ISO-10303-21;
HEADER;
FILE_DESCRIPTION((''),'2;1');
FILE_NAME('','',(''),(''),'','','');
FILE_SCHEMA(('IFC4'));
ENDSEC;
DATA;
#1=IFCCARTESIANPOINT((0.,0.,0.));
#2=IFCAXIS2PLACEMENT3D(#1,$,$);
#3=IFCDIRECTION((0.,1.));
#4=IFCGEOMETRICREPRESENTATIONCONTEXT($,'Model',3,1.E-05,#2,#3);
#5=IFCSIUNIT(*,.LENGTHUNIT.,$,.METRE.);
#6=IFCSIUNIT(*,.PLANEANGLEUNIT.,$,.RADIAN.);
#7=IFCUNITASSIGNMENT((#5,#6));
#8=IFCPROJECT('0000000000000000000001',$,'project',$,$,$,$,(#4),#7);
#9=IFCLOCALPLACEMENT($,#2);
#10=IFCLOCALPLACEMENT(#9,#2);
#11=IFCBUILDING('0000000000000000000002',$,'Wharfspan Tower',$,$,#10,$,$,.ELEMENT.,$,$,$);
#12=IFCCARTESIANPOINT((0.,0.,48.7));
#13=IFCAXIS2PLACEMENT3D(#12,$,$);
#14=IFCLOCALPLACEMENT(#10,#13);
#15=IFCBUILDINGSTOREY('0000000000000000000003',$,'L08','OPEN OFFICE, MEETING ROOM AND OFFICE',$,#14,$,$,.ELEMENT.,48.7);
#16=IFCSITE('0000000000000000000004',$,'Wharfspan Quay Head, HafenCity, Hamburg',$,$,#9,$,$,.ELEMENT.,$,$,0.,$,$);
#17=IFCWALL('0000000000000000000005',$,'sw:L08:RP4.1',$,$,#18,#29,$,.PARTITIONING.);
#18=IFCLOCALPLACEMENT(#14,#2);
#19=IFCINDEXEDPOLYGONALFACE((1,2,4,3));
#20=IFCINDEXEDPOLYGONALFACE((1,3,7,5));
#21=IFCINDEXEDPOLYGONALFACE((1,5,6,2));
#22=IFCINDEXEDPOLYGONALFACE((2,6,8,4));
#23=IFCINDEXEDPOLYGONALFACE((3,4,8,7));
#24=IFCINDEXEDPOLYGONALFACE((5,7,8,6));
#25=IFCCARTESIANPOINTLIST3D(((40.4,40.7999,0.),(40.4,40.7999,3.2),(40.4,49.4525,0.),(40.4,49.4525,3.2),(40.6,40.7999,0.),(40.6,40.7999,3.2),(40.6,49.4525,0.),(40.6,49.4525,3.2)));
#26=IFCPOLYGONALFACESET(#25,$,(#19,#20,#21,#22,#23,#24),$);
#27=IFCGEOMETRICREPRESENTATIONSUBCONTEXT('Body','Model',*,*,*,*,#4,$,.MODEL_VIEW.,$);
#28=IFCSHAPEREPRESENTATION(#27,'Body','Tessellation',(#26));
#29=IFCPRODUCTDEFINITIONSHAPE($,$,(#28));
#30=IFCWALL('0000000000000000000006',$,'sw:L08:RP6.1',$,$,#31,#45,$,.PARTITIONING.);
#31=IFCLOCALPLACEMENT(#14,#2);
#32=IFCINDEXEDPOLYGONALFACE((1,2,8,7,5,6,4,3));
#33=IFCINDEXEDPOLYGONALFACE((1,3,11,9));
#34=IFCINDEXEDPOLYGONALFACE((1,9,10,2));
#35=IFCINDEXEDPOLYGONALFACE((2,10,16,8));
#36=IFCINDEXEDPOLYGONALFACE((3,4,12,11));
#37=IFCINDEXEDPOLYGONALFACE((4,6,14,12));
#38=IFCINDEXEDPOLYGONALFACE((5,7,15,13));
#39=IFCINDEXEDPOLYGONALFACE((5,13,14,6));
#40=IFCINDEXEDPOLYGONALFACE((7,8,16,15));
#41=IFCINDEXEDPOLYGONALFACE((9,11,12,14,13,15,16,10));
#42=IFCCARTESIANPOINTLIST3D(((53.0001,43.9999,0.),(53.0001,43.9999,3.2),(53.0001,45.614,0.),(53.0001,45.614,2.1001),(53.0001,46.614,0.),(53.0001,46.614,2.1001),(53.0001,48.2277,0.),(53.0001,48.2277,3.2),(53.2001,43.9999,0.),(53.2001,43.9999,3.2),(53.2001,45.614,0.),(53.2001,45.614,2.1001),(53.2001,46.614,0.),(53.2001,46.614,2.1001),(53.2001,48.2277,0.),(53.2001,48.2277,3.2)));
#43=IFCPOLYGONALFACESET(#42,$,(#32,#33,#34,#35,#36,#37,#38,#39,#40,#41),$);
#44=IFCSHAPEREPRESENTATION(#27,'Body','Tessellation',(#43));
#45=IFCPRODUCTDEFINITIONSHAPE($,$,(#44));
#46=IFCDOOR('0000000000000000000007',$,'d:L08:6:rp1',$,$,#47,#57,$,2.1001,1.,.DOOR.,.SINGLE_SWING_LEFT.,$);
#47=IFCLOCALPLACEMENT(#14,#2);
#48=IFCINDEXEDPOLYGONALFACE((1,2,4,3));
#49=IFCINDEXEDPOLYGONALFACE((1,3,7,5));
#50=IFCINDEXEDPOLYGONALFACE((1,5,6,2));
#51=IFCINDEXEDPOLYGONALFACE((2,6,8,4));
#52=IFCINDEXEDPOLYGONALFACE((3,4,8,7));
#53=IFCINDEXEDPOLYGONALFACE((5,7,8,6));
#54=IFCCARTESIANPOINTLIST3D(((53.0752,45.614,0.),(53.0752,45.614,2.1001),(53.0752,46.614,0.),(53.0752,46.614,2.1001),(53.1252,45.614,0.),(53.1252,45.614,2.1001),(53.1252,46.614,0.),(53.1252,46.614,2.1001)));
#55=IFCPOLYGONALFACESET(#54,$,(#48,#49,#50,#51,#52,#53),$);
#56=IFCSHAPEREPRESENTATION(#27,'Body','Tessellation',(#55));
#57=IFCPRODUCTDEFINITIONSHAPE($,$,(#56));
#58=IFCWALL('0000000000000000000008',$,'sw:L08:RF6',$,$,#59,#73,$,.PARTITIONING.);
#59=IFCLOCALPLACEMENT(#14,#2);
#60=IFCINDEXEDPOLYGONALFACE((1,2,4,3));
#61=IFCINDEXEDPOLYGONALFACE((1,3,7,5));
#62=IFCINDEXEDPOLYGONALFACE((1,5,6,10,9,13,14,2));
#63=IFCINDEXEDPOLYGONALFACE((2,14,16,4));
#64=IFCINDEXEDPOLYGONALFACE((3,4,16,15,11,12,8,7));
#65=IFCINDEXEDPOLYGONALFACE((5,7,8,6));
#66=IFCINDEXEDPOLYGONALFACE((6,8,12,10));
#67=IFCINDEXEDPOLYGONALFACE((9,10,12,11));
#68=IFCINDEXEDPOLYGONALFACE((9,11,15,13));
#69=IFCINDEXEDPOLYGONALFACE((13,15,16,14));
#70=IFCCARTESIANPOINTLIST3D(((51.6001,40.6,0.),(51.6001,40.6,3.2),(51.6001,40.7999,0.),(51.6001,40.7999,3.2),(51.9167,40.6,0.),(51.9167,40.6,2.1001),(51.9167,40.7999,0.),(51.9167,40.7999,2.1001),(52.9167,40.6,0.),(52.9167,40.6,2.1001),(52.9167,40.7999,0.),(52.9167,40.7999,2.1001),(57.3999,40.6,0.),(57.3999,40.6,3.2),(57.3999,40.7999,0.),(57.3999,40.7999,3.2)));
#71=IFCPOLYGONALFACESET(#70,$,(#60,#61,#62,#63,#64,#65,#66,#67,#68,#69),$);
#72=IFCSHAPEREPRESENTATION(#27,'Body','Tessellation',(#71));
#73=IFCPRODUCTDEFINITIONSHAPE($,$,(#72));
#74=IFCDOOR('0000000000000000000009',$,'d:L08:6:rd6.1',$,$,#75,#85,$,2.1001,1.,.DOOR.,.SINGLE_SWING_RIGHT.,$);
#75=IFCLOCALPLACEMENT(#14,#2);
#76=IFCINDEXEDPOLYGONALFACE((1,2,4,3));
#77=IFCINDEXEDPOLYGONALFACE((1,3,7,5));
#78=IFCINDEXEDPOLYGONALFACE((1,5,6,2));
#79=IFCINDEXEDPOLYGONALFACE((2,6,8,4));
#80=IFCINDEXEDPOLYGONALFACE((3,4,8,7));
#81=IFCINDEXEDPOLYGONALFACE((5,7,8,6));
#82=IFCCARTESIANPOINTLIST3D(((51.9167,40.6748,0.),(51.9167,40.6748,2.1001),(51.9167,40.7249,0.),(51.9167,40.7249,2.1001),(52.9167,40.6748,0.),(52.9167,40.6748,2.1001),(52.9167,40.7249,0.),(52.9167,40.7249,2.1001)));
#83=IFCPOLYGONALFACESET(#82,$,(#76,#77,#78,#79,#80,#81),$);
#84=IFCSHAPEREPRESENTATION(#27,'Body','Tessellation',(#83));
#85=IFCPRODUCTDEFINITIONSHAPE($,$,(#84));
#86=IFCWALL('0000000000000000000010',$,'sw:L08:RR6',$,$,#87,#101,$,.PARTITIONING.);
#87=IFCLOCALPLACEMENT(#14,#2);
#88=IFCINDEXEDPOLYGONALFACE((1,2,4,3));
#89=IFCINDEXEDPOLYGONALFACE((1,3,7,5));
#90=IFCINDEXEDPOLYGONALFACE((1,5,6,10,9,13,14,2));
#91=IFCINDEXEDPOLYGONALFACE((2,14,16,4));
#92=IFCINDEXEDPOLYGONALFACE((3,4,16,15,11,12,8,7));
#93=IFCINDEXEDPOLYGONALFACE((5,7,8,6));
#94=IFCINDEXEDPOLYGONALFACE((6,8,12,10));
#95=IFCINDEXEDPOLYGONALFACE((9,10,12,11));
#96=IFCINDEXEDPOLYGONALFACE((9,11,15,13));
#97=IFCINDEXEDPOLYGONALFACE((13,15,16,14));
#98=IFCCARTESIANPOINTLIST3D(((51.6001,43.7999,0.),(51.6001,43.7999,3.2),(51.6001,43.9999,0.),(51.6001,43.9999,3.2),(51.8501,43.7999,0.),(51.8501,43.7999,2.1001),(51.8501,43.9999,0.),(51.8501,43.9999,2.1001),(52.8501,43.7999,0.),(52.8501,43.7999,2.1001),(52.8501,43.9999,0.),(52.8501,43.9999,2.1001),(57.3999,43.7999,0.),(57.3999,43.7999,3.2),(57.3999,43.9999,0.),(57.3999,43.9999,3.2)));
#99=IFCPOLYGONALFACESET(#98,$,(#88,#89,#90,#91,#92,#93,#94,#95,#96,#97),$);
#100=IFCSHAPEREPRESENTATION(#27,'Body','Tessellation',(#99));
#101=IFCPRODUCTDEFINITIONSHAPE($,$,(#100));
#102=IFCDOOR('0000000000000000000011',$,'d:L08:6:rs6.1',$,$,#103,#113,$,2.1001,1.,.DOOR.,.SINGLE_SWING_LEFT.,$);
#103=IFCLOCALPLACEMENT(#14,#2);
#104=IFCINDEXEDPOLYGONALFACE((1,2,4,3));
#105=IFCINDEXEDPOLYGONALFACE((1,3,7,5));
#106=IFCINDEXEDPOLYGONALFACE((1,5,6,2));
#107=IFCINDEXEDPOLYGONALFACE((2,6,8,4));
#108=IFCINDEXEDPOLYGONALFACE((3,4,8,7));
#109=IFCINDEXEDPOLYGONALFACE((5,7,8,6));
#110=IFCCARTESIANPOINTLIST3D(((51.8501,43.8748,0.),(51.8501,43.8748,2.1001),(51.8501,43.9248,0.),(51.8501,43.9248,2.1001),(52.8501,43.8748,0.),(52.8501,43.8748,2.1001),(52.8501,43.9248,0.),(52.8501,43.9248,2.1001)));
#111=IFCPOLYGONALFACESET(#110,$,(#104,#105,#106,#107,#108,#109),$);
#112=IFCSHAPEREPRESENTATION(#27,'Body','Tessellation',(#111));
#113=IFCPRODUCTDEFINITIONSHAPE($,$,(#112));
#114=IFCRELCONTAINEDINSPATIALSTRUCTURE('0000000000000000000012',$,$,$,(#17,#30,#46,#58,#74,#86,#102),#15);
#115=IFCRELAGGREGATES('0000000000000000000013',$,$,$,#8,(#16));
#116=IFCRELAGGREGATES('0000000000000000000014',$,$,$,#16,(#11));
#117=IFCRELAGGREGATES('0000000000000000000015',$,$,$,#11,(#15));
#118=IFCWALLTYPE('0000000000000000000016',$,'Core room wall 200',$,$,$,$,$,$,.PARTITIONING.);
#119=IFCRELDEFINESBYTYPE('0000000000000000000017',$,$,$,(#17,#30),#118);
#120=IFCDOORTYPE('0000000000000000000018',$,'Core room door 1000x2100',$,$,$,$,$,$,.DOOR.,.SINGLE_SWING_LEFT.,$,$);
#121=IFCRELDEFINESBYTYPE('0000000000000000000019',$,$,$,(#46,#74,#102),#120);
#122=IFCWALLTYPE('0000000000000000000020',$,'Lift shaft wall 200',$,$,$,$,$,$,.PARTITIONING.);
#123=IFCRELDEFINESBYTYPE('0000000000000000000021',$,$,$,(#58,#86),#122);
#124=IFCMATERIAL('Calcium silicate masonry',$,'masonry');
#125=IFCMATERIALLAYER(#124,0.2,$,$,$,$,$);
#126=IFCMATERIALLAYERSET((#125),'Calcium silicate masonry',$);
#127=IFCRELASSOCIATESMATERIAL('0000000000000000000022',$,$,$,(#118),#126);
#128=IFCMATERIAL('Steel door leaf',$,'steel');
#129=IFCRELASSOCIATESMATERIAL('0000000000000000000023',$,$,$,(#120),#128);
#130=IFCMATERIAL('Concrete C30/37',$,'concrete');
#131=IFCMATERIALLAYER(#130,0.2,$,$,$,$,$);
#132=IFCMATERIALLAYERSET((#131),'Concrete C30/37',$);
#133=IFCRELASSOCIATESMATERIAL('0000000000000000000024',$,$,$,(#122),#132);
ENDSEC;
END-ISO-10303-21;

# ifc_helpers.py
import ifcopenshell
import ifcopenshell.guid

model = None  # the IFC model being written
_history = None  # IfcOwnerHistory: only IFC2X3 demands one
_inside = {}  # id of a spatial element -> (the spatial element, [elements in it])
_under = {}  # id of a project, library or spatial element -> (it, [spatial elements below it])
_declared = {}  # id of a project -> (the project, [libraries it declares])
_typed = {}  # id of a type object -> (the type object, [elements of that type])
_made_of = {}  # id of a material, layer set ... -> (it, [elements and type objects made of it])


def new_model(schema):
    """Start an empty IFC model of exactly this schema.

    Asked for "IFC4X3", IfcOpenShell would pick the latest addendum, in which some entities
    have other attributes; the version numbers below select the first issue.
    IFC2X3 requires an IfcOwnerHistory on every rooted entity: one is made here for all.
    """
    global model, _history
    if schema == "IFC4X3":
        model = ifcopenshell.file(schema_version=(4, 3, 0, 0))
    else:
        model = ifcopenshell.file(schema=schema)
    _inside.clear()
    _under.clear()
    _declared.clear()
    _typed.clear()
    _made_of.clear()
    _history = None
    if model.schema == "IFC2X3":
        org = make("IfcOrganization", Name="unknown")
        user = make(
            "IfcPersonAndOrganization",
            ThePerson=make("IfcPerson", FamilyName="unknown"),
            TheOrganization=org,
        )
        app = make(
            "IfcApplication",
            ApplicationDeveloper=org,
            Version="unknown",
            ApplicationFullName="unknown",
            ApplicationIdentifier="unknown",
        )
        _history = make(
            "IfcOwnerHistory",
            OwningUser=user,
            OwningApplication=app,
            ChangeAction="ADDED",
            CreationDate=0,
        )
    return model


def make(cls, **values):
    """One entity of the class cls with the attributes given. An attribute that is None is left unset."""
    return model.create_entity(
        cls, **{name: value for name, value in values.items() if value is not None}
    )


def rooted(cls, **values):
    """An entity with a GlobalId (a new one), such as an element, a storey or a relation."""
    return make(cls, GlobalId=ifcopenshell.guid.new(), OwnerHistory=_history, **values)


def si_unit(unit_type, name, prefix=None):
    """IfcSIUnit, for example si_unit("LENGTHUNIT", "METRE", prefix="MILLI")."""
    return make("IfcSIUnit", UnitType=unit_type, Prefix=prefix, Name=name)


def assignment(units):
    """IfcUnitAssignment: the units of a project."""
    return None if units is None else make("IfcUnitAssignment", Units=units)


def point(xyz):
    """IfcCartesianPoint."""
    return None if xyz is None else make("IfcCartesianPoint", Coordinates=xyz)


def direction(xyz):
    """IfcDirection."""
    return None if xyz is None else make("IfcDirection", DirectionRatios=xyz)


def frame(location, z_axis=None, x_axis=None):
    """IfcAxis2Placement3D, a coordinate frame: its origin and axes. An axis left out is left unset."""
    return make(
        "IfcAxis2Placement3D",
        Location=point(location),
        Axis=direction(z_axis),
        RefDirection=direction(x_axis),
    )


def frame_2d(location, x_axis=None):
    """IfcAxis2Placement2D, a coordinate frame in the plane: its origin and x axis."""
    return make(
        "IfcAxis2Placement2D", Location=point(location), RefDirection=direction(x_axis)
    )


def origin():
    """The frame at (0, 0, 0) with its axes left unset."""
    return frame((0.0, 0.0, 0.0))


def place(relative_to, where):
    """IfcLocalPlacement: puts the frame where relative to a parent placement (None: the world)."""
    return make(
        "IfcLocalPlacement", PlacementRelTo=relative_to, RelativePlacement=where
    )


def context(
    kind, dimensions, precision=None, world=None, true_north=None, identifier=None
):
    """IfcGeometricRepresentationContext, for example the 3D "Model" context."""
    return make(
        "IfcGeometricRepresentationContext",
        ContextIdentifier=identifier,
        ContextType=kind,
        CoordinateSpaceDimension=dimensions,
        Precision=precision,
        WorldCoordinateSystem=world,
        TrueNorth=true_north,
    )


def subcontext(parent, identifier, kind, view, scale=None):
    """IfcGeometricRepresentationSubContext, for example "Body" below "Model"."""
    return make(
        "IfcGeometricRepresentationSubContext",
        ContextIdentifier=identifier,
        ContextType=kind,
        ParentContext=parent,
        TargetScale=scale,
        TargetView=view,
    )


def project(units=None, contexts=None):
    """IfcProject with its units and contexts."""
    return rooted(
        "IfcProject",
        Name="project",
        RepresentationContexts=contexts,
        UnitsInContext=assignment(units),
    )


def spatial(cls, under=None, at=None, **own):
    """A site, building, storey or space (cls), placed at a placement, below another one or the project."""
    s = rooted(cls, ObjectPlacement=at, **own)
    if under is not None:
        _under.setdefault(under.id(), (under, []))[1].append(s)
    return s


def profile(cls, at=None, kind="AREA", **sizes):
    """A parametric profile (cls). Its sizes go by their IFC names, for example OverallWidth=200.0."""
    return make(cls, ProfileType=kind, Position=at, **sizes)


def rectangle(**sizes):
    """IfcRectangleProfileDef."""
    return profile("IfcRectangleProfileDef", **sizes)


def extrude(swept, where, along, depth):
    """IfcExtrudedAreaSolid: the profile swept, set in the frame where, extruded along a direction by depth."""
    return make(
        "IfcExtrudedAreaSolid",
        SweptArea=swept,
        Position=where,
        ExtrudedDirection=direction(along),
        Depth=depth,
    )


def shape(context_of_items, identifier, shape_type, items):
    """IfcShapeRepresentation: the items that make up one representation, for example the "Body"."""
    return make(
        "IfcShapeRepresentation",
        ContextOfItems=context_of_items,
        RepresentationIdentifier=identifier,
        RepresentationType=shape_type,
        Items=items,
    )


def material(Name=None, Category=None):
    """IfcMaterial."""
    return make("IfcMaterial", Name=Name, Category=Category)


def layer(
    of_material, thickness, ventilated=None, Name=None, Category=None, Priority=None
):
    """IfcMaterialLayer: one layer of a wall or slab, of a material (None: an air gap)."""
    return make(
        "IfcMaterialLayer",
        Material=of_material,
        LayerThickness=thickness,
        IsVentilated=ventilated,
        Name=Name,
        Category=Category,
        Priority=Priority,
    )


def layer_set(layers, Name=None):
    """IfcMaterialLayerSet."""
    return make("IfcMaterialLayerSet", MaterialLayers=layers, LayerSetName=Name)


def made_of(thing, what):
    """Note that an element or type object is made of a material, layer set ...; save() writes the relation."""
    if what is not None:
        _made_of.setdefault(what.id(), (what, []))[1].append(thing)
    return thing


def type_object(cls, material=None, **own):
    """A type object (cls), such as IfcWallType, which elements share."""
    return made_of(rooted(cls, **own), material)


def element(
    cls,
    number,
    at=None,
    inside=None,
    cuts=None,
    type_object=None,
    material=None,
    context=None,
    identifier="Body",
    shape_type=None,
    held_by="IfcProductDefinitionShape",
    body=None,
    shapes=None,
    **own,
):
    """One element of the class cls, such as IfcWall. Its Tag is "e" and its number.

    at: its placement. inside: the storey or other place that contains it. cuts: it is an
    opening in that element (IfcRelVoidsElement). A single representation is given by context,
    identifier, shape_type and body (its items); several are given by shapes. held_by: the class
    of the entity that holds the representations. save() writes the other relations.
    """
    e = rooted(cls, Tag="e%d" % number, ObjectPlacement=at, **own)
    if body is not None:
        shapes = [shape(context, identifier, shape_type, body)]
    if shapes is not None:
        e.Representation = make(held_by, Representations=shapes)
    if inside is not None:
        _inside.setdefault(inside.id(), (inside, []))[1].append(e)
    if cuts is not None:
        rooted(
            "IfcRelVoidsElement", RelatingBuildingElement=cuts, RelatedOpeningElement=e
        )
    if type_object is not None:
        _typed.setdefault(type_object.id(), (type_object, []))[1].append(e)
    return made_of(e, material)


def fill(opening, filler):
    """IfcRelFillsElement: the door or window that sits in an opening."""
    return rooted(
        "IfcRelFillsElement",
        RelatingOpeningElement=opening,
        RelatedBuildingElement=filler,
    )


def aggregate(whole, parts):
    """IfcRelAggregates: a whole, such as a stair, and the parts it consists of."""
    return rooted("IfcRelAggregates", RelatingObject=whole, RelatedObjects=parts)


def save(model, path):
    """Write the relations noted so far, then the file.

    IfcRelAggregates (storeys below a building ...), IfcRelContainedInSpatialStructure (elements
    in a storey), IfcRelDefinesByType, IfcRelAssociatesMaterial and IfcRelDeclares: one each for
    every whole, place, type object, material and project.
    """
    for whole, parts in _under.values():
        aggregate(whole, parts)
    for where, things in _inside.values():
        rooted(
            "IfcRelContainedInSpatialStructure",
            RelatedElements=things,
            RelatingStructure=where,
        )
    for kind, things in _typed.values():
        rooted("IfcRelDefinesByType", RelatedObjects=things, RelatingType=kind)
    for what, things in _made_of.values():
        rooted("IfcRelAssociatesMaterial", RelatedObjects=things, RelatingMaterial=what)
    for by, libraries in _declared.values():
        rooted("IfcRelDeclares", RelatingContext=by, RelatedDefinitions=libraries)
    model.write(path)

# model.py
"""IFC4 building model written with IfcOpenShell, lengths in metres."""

from ifc_helpers import new_model, si_unit, direction, frame, frame_2d, origin, place, context, subcontext, project, spatial, rectangle, extrude, material, layer, layer_set, type_object, element, fill, save


model = new_model("IFC4")

# Units and contexts
model_context = context("Model", 3, precision=1e-05, world=origin(), true_north=direction((0.0, 1.0)))
body_context = subcontext(model_context, "Body", "Model", "MODEL_VIEW")
ifc_project = project(units=[si_unit("LENGTHUNIT", "METRE"), si_unit("PLANEANGLEUNIT", "RADIAN")], contexts=[model_context])

# Site, building, storey
site_placement = place(None, origin())
site = spatial("IfcSite", under=ifc_project, at=site_placement, Name="Wharfspan Quay Head, HafenCity, Hamburg", CompositionType="ELEMENT", RefElevation=0.0)
building_placement = place(site_placement, origin())
building = spatial("IfcBuilding", under=site, at=building_placement, Name="Wharfspan Tower", CompositionType="ELEMENT")
storey_placement = place(building_placement, frame((0.0, 0.0, 48.7)))
storey = spatial("IfcBuildingStorey", under=building, at=storey_placement, Name="L08", Description="OPEN OFFICE, MEETING ROOM AND OFFICE", CompositionType="ELEMENT", Elevation=48.7)

# Wall
ifc_material_1 = material(Name="Calcium silicate masonry", Category="masonry")
ifc_layer_1 = layer(ifc_material_1, 0.2)
ifc_layer_set_1 = layer_set([ifc_layer_1], Name="Calcium silicate masonry")
wall_type_1 = type_object("IfcWallType", Name="Core room wall 200", PredefinedType="PARTITIONING", material=ifc_layer_set_1)
wall_1_placement = place(storey_placement, frame((40.5, 40.8, 0.0), z_axis=(0.0, 0.0, 1.0), x_axis=(0.0, 1.0, 0.0)))
element("IfcWall", 1, at=wall_1_placement, inside=storey, type_object=wall_type_1, Name="sw:L08:RP4.1", PredefinedType="PARTITIONING", context=body_context, shape_type="SweptSolid", body=[
    extrude(rectangle(XDim=8.6526, YDim=0.2, at=frame_2d((4.3262, 0.0))), origin(), (0.0, 0.0, 1.0), 3.2),
])

# Walls, openings, doors
wall_2_placement = place(storey_placement, frame((53.1001, 44.0, 0.0), z_axis=(0.0, 0.0, 1.0), x_axis=(0.0, 1.0, 0.0)))
wall_2 = element("IfcWall", 2, at=wall_2_placement, inside=storey, type_object=wall_type_1, Name="sw:L08:RP6.1", PredefinedType="PARTITIONING", context=body_context, shape_type="SweptSolid", body=[
    extrude(rectangle(XDim=4.2278, YDim=0.2, at=frame_2d((2.1138, 0.0))), origin(), (0.0, 0.0, 1.0), 3.2),
])
opening_1_placement = place(wall_2_placement, frame((1.614, 0.0, 0.0)))
opening_1 = element("IfcOpeningElement", 3, at=opening_1_placement, cuts=wall_2, PredefinedType="OPENING", context=body_context, shape_type="SweptSolid", body=[
    extrude(rectangle(XDim=1.0, YDim=2.1001, at=frame_2d((0.5, 1.05))), frame((0.0, 0.1099, 0.0), z_axis=(0.0, -1.0, 0.0), x_axis=(1.0, 0.0, 0.0)), (0.0, 0.0, 1.0), 0.22),
])
ifc_material_2 = material(Name="Steel door leaf", Category="steel")
door_type_1 = type_object("IfcDoorType", Name="Core room door 1000x2100", OperationType="SINGLE_SWING_LEFT", PredefinedType="DOOR", material=ifc_material_2)
door_1_placement = place(opening_1_placement, origin())
door_1 = element("IfcDoor", 4, at=door_1_placement, inside=storey, type_object=door_type_1, Name="d:L08:6:rp1", OperationType="SINGLE_SWING_LEFT", OverallHeight=2.1001, OverallWidth=1.0, PredefinedType="DOOR", context=body_context, shape_type="SweptSolid", body=[
    extrude(rectangle(XDim=1.0, YDim=2.1001, at=frame_2d((0.5, 1.05))), frame((0.0, 0.0249, 0.0), z_axis=(0.0, -1.0, 0.0), x_axis=(1.0, 0.0, 0.0)), (0.0, 0.0, 1.0), 0.05),
])
fill(opening_1, door_1)
ifc_material_3 = material(Name="Concrete C30/37", Category="concrete")
ifc_layer_2 = layer(ifc_material_3, 0.2)
ifc_layer_set_2 = layer_set([ifc_layer_2], Name="Concrete C30/37")
wall_type_2 = type_object("IfcWallType", Name="Lift shaft wall 200", PredefinedType="PARTITIONING", material=ifc_layer_set_2)
wall_3_placement = place(storey_placement, frame((51.6001, 40.7, 0.0), z_axis=(0.0, 0.0, 1.0), x_axis=(1.0, 0.0, 0.0)))
wall_3 = element("IfcWall", 5, at=wall_3_placement, inside=storey, type_object=wall_type_2, Name="sw:L08:RF6", PredefinedType="PARTITIONING", context=body_context, shape_type="SweptSolid", body=[
    extrude(rectangle(XDim=5.7998, YDim=0.2, at=frame_2d((2.8999, 0.0))), origin(), (0.0, 0.0, 1.0), 3.2),
])
opening_2_placement = place(wall_3_placement, frame((0.3166, 0.0, 0.0)))
opening_2 = element("IfcOpeningElement", 6, at=opening_2_placement, cuts=wall_3, PredefinedType="OPENING", context=body_context, shape_type="SweptSolid", body=[
    extrude(rectangle(XDim=1.0, YDim=2.1001, at=frame_2d((0.5, 1.05))), frame((0.0, 0.1099, 0.0), z_axis=(0.0, -1.0, 0.0), x_axis=(1.0, 0.0, 0.0)), (0.0, 0.0, 1.0), 0.22),
])
door_2_placement = place(opening_2_placement, origin())
door_2 = element("IfcDoor", 7, at=door_2_placement, inside=storey, type_object=door_type_1, Name="d:L08:6:rd6.1", OperationType="SINGLE_SWING_RIGHT", OverallHeight=2.1001, OverallWidth=1.0, PredefinedType="DOOR", context=body_context, shape_type="SweptSolid", body=[
    extrude(rectangle(XDim=1.0, YDim=2.1001, at=frame_2d((0.5, 1.05))), frame((0.0, 0.0249, 0.0), z_axis=(0.0, -1.0, 0.0), x_axis=(1.0, 0.0, 0.0)), (0.0, 0.0, 1.0), 0.05),
])
fill(opening_2, door_2)
wall_4_placement = place(storey_placement, frame((51.6001, 43.8999, 0.0), z_axis=(0.0, 0.0, 1.0), x_axis=(1.0, 0.0, 0.0)))
wall_4 = element("IfcWall", 8, at=wall_4_placement, inside=storey, type_object=wall_type_2, Name="sw:L08:RR6", PredefinedType="PARTITIONING", context=body_context, shape_type="SweptSolid", body=[
    extrude(rectangle(XDim=5.7998, YDim=0.2, at=frame_2d((2.8999, 0.0))), origin(), (0.0, 0.0, 1.0), 3.2),
])
opening_3_placement = place(wall_4_placement, frame((0.25, 0.0, 0.0)))
opening_3 = element("IfcOpeningElement", 9, at=opening_3_placement, cuts=wall_4, PredefinedType="OPENING", context=body_context, shape_type="SweptSolid", body=[
    extrude(rectangle(XDim=1.0, YDim=2.1001, at=frame_2d((0.5, 1.05))), frame((0.0, 0.1099, 0.0), z_axis=(0.0, -1.0, 0.0), x_axis=(1.0, 0.0, 0.0)), (0.0, 0.0, 1.0), 0.22),
])
door_3_placement = place(opening_3_placement, origin())
door_3 = element("IfcDoor", 10, at=door_3_placement, inside=storey, type_object=door_type_1, Name="d:L08:6:rs6.1", OperationType="SINGLE_SWING_LEFT", OverallHeight=2.1001, OverallWidth=1.0, PredefinedType="DOOR", context=body_context, shape_type="SweptSolid", body=[
    extrude(rectangle(XDim=1.0, YDim=2.1001, at=frame_2d((0.5, 1.05))), frame((0.0, 0.0249, 0.0), z_axis=(0.0, -1.0, 0.0), x_axis=(1.0, 0.0, 0.0)), (0.0, 0.0, 1.0), 0.05),
])
fill(opening_3, door_3)

save(model, "model.ifc")
